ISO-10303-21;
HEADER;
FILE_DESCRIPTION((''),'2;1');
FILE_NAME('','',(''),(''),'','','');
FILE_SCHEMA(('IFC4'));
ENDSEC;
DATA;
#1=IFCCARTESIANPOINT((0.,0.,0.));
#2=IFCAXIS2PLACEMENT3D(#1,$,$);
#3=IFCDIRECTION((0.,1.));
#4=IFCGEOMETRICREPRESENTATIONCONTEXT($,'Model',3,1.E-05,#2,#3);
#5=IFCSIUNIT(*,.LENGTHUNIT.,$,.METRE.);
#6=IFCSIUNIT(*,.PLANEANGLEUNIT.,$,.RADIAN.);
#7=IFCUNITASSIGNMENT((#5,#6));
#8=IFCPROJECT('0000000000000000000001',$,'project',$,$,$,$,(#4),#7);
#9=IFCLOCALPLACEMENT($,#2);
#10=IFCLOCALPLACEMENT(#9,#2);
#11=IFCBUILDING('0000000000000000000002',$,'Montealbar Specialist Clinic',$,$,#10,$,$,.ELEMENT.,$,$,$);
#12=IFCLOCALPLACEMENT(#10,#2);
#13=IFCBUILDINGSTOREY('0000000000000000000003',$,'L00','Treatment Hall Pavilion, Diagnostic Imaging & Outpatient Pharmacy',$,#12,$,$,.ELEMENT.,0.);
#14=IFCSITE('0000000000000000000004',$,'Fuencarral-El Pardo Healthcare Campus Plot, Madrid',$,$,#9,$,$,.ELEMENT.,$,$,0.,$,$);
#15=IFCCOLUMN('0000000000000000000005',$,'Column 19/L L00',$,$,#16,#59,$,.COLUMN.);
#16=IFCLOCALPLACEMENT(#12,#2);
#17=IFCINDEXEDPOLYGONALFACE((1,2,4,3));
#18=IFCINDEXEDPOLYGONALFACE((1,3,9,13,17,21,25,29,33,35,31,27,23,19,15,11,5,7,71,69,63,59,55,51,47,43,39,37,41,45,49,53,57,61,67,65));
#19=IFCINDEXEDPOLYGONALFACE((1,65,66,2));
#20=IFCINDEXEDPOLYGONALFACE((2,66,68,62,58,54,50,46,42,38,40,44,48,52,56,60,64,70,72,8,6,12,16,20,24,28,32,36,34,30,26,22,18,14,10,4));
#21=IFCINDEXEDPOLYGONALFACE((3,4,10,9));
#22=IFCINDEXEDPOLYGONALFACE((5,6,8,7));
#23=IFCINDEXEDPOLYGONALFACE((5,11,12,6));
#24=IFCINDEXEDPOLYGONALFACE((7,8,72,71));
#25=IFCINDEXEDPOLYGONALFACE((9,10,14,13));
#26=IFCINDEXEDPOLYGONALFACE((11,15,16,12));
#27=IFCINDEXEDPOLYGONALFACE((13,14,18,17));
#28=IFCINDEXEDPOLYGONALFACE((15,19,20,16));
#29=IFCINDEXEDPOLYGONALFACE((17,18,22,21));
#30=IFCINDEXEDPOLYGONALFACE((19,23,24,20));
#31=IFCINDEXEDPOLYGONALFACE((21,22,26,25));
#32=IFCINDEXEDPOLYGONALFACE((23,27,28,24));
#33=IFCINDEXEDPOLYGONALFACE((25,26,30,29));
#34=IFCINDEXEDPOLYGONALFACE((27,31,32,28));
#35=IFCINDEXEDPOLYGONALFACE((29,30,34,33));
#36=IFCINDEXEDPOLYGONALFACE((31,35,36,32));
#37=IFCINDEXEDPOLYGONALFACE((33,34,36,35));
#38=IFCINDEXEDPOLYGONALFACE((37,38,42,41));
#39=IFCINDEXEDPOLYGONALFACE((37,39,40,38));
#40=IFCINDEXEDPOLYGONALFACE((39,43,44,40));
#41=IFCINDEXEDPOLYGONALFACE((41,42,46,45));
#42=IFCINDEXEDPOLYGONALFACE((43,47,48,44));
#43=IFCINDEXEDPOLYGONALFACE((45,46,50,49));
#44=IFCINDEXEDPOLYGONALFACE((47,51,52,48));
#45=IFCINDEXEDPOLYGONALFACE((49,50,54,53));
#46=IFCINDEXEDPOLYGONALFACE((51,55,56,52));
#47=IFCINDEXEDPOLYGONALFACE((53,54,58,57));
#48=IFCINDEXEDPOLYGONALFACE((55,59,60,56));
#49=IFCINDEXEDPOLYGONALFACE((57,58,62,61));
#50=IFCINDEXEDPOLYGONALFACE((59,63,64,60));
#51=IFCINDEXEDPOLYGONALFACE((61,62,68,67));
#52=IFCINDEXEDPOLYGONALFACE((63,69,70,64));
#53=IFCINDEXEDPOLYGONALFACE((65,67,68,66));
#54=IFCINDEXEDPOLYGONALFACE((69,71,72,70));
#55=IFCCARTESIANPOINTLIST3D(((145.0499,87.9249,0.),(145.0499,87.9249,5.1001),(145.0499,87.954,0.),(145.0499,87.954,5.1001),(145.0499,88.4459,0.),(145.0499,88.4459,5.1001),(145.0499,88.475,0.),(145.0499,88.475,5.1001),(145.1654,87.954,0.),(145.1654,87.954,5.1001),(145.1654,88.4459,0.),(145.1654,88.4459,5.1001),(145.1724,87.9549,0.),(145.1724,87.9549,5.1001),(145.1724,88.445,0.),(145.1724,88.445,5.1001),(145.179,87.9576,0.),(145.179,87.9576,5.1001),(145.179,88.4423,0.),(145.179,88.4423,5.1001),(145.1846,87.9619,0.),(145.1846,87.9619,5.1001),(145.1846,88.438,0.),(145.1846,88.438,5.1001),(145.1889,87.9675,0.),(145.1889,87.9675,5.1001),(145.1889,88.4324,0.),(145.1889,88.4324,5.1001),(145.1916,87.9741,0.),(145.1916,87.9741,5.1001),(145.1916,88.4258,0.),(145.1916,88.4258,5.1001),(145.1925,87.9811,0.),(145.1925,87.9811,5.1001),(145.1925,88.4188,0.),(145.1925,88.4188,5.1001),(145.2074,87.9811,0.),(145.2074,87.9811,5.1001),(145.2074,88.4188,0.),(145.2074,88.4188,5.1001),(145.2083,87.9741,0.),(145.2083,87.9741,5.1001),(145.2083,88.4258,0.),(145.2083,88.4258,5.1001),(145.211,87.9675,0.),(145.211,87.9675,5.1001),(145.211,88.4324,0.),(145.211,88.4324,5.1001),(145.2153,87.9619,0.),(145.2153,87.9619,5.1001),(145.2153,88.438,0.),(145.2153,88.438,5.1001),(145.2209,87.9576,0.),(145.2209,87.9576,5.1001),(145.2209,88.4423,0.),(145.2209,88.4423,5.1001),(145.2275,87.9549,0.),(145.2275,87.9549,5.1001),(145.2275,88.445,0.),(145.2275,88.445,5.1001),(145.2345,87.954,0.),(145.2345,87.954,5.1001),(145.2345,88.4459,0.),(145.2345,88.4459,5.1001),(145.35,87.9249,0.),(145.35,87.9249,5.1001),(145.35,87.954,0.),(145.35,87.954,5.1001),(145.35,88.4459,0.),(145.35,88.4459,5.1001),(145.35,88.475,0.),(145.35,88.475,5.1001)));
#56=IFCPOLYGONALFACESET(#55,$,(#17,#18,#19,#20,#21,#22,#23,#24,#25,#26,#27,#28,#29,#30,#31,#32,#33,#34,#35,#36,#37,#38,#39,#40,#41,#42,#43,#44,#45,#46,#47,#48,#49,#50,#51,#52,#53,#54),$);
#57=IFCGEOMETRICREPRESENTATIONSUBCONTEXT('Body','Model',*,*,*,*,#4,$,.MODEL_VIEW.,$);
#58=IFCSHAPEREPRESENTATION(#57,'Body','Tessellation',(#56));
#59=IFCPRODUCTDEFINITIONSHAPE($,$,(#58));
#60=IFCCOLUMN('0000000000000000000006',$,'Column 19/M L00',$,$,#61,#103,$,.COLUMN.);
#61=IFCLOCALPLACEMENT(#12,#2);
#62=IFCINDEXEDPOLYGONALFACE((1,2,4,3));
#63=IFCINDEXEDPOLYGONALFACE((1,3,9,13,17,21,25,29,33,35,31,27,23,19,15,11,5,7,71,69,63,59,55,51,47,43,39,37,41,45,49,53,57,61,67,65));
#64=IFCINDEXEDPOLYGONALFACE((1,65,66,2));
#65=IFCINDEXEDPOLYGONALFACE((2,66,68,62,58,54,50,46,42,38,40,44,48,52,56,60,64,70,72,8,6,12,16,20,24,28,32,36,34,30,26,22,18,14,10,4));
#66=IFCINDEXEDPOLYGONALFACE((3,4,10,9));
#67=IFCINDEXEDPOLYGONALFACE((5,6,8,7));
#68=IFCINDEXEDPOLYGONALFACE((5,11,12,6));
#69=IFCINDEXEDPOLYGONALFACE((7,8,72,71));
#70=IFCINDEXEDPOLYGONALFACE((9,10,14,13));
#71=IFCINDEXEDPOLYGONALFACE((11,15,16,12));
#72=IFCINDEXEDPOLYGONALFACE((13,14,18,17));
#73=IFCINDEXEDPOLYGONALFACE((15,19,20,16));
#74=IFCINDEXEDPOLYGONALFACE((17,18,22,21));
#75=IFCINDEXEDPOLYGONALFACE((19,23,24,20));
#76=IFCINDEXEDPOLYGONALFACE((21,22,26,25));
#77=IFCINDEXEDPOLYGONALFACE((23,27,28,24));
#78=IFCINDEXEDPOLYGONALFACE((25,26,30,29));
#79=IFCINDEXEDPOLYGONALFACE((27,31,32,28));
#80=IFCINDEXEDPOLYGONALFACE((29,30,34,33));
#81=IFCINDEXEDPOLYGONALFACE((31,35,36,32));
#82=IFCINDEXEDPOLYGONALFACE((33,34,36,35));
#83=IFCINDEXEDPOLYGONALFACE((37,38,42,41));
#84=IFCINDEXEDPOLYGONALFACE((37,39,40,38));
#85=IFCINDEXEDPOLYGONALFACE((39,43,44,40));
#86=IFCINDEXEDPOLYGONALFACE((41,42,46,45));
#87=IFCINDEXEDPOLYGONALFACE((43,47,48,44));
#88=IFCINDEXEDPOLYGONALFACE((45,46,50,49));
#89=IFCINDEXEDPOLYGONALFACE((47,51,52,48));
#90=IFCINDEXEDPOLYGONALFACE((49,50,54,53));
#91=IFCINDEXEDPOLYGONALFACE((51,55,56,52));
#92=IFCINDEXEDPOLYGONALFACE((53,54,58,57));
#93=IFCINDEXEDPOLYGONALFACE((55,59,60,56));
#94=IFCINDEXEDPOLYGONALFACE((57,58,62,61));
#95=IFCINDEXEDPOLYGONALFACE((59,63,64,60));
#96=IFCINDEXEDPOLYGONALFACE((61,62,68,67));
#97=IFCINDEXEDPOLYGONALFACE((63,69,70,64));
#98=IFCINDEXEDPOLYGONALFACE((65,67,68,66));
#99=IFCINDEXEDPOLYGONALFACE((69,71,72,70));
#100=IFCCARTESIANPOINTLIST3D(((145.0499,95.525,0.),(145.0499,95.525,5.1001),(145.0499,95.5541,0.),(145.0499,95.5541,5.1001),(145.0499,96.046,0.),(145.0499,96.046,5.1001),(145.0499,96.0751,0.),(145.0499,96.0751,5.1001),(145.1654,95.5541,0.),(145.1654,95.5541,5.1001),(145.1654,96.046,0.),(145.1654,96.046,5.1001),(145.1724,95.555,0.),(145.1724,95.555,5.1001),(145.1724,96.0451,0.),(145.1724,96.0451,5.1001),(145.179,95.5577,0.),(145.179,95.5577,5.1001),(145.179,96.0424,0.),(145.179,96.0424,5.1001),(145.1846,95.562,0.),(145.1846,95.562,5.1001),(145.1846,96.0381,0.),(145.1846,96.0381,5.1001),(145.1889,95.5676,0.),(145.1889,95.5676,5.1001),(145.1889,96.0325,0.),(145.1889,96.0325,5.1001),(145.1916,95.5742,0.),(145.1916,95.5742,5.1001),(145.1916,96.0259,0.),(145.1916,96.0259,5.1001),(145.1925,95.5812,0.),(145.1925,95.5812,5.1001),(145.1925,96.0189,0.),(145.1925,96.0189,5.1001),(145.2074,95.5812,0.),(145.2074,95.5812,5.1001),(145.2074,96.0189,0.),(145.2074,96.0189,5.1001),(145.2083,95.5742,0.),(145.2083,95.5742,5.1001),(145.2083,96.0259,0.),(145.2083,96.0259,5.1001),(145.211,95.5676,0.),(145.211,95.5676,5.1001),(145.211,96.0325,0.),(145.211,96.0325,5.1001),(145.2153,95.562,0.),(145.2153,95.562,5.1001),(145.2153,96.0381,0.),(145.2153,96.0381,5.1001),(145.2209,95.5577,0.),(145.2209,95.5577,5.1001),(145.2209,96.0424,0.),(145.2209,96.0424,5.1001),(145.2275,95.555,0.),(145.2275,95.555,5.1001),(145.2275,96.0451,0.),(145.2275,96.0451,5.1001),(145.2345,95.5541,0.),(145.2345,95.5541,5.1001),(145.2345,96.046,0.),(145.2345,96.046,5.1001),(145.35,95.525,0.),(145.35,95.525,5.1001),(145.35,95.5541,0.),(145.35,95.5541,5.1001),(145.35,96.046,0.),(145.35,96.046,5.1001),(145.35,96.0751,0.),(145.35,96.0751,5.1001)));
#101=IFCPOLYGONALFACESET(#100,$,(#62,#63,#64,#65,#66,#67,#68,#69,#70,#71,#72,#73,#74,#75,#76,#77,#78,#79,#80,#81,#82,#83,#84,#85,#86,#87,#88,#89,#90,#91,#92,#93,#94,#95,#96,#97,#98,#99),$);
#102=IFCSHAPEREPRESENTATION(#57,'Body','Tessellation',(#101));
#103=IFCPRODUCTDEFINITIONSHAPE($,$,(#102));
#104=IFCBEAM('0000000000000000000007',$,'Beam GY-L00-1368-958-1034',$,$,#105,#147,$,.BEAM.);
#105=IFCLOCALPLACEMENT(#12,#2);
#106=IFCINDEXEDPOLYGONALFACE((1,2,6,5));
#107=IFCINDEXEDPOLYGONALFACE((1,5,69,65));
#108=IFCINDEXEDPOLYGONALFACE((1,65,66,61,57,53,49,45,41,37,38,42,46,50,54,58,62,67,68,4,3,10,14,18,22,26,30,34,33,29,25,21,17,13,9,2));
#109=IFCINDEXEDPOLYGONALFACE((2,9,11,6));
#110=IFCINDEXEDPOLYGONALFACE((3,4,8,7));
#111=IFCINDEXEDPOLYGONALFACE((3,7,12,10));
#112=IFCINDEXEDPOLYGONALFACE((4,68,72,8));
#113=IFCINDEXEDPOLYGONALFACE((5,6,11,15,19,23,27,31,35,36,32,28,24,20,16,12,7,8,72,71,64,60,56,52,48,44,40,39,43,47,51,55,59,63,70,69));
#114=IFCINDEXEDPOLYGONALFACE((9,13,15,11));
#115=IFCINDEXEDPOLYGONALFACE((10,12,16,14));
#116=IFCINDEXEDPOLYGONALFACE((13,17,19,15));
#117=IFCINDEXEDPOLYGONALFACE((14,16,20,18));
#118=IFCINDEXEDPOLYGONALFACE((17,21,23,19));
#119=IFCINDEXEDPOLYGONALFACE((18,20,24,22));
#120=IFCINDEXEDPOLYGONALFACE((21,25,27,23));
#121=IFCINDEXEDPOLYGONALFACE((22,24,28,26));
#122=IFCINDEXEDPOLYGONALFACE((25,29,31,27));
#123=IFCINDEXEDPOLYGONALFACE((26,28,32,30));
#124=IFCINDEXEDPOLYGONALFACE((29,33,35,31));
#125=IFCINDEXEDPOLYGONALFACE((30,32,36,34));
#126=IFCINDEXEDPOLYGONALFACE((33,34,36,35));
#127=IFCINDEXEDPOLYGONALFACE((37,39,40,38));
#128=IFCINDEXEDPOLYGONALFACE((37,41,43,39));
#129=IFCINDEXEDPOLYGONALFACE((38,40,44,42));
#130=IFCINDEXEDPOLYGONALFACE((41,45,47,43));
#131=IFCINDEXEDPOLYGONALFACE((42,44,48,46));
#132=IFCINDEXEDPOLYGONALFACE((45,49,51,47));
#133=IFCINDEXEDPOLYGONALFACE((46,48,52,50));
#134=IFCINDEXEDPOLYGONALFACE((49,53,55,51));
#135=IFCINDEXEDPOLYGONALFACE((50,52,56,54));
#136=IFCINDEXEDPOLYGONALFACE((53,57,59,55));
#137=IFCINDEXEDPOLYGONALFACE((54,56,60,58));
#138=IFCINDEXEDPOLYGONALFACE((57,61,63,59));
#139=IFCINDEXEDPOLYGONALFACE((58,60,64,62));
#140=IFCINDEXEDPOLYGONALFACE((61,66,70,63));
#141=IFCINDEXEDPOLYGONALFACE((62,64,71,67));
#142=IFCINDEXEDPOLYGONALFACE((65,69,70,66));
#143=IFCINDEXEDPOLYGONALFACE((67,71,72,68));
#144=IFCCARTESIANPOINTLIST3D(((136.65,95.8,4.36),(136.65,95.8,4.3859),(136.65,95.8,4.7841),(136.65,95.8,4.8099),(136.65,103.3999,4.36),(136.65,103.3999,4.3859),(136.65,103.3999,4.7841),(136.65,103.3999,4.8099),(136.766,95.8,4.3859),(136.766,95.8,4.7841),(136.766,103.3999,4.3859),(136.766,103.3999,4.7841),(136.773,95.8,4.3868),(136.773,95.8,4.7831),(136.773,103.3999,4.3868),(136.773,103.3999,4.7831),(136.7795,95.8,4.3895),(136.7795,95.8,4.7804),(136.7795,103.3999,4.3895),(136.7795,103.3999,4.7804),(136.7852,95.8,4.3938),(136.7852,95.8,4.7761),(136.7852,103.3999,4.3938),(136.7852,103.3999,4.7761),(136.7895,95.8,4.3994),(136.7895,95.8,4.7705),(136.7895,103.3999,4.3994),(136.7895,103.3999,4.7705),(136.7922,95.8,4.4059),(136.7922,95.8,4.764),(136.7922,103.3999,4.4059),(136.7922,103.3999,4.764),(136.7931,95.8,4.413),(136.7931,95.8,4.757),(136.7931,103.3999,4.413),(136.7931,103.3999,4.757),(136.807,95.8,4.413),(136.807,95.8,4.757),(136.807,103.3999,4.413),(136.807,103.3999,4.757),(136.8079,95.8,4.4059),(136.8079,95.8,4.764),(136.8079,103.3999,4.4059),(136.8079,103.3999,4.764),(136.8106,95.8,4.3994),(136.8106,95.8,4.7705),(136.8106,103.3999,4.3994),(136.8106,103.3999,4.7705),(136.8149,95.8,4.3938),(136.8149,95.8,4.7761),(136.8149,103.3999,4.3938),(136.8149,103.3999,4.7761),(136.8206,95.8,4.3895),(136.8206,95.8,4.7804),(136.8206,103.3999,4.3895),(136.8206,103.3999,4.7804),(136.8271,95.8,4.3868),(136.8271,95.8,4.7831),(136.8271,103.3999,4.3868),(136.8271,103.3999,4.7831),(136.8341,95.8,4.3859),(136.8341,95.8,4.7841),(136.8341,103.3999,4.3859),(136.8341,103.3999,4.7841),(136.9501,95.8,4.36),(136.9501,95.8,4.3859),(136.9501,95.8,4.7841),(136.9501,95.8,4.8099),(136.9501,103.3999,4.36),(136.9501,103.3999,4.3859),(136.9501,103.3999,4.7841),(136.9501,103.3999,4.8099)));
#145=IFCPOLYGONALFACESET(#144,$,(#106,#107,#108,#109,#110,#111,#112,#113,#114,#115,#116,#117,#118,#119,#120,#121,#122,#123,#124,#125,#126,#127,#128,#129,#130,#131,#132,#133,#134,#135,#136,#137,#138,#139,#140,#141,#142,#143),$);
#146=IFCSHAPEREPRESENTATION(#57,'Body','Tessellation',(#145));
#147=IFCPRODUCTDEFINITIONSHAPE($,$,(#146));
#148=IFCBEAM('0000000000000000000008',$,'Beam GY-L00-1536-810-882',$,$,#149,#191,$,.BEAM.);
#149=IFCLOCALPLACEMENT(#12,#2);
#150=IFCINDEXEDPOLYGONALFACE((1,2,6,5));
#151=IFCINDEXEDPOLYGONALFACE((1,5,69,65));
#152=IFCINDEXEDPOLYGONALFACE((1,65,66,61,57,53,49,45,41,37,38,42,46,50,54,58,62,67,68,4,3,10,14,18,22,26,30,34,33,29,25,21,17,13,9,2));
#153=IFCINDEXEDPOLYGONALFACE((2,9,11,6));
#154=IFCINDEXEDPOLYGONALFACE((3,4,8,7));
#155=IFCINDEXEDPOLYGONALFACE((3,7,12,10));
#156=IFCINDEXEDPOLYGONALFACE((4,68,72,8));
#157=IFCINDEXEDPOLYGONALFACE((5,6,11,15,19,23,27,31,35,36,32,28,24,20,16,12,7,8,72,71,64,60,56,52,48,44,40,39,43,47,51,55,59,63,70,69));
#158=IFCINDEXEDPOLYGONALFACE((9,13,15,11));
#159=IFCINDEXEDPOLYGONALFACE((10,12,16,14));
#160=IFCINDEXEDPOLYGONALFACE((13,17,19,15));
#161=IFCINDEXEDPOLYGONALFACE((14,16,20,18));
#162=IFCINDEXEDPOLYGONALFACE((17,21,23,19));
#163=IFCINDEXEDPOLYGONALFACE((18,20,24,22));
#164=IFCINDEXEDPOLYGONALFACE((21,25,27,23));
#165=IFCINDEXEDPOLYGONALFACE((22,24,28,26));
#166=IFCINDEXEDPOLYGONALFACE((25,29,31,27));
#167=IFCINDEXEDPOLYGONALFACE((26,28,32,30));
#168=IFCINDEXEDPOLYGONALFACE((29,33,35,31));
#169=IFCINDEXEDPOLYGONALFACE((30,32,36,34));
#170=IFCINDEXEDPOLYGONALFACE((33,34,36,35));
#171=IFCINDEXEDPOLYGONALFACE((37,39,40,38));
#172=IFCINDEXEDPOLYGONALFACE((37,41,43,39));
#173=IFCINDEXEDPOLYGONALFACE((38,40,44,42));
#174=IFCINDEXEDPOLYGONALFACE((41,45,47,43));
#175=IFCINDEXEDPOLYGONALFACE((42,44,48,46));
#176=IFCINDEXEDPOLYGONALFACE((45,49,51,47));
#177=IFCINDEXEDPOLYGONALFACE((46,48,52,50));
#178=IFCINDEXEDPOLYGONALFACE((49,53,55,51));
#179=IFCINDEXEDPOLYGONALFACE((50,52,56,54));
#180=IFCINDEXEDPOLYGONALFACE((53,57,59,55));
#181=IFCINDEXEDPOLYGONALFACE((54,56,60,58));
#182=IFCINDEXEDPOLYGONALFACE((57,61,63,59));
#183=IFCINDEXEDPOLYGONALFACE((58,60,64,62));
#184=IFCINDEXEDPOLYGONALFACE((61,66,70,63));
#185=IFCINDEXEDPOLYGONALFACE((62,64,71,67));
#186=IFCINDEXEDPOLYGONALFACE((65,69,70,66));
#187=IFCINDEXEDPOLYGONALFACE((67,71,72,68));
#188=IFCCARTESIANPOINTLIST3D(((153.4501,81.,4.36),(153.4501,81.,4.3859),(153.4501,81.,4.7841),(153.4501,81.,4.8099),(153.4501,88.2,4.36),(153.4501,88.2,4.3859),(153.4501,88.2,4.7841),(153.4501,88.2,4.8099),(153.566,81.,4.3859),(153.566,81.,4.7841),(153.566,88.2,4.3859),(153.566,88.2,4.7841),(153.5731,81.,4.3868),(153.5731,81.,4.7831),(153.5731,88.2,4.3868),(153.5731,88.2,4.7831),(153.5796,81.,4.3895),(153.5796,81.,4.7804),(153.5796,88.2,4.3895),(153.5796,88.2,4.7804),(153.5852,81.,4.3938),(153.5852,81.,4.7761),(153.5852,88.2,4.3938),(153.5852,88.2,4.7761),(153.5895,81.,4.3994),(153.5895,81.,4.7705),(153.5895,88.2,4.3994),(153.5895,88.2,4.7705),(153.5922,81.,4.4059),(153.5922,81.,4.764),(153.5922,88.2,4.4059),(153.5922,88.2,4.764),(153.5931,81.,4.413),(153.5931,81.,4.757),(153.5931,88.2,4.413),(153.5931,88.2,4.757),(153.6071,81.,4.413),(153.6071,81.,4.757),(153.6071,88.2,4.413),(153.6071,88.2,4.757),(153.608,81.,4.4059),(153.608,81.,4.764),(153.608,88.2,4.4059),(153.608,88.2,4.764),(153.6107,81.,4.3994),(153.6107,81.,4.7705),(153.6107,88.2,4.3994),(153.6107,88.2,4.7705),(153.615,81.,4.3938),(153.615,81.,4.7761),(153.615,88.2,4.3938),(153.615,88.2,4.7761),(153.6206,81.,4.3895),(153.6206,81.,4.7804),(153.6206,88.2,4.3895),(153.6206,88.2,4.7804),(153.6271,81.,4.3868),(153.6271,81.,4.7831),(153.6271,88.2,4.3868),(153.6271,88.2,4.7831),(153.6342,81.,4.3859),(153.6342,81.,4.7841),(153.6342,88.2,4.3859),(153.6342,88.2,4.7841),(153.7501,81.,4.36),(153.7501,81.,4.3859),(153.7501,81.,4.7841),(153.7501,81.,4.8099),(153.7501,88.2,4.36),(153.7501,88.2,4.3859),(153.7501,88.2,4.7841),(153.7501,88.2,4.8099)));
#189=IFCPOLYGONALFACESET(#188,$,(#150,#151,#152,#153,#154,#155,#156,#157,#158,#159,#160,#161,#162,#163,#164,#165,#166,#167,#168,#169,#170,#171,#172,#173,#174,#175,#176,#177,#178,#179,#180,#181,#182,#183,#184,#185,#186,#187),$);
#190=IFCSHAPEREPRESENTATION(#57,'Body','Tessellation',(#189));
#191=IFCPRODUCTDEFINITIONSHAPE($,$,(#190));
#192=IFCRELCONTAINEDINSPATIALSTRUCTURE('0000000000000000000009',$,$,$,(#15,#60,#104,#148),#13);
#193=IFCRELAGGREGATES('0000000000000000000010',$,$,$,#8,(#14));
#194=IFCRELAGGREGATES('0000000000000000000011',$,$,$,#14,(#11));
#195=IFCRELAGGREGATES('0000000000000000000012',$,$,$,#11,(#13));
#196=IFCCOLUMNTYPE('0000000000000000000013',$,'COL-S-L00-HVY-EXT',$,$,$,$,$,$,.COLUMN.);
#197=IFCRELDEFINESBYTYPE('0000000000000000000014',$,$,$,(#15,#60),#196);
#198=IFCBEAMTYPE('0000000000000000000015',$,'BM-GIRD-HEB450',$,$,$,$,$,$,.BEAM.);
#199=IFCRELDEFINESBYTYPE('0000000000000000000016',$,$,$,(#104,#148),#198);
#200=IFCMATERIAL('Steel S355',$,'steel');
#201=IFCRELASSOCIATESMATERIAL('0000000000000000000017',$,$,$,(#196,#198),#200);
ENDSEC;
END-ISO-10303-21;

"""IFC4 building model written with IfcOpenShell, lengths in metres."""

from ifc_helpers import new_model, si_unit, direction, frame, origin, origin_2d, place, context, subcontext, project, spatial, i_section, extrude, material, material_profile, profile_set, type_object, element, save


model = new_model("IFC4")

# Units and contexts
model_context = context("Model", 3, precision=1e-05, world=origin(), true_north=direction((0.0, 1.0)))
body_context = subcontext(model_context, "Body", "Model", "MODEL_VIEW")
ifc_project = project(units=[si_unit("LENGTHUNIT", "METRE"), si_unit("PLANEANGLEUNIT", "RADIAN")], contexts=[model_context])

# Site, building, storey
site_placement = place(None, origin())
site = spatial("IfcSite", under=ifc_project, at=site_placement, Name="Fuencarral-El Pardo Healthcare Campus Plot, Madrid", CompositionType="ELEMENT", RefElevation=0.0)
building_placement = place(site_placement, origin())
building = spatial("IfcBuilding", under=site, at=building_placement, Name="Montealbar Specialist Clinic", CompositionType="ELEMENT")
storey_placement = place(building_placement, origin())
storey = spatial("IfcBuildingStorey", under=building, at=storey_placement, Name="L00", Description="Treatment Hall Pavilion, Diagnostic Imaging & Outpatient Pharmacy", CompositionType="ELEMENT", Elevation=0.0)

# Columns
ifc_material_1 = material(Name="Steel S355", Category="steel")
ifc_material_profile_1 = material_profile(ifc_material_1, i_section(OverallWidth=0.3, OverallDepth=0.55, WebThickness=0.0149, FlangeThickness=0.0291, FilletRadius=0.0271, at=origin_2d()), Name="HEB 550", Category="steel")
ifc_profile_set_1 = profile_set([ifc_material_profile_1], Name="Steel S355")
column_type = type_object("IfcColumnType", Name="COL-S-L00-HVY-EXT", PredefinedType="COLUMN", material=ifc_profile_set_1)
for number, where, z_axis, x_axis, name in (
    (1, (145.2, 88.2, 0.0), (0.0, 0.0, 1.0), (1.0, 0.0, 0.0), "Column 19/L L00"),
    (2, (145.2, 95.8, 0.0), (0.0, 0.0, 1.0), (1.0, 0.0, 0.0), "Column 19/M L00"),
):
    element("IfcColumn", number, at=place(storey_placement, frame(where, z_axis=z_axis, x_axis=x_axis)), inside=storey, type_object=column_type, Name=name, PredefinedType="COLUMN", context=body_context, shape_type="SweptSolid", body=[
        extrude(i_section(OverallWidth=0.3, OverallDepth=0.55, WebThickness=0.0149, FlangeThickness=0.0291, FilletRadius=0.0271, at=origin_2d()), origin(), (0.0, 0.0, 1.0), 5.1001),
    ])

# Beams
ifc_material_profile_2 = material_profile(ifc_material_1, i_section(OverallWidth=0.3, OverallDepth=0.45, WebThickness=0.0139, FlangeThickness=0.0259, FilletRadius=0.0271, at=origin_2d()), Name="HEB 450", Category="steel")
ifc_profile_set_2 = profile_set([ifc_material_profile_2], Name="Steel S355")
beam_type_1 = type_object("IfcBeamType", Name="BM-GIRD-HEB450", PredefinedType="BEAM", material=ifc_profile_set_2)
beam_1_placement = place(storey_placement, frame((136.8, 95.8, 4.585), z_axis=(0.0, 1.0, 0.0), x_axis=(-1.0, 0.0, 0.0)))
element("IfcBeam", 3, at=beam_1_placement, inside=storey, type_object=beam_type_1, Name="Beam GY-L00-1368-958-1034", PredefinedType="BEAM", context=body_context, shape_type="SweptSolid", body=[
    extrude(i_section(OverallWidth=0.3, OverallDepth=0.45, WebThickness=0.0139, FlangeThickness=0.0259, FilletRadius=0.0271, at=origin_2d()), origin(), (0.0, 0.0, 1.0), 7.5999),
])
beam_2_placement = place(storey_placement, frame((153.6001, 81.0, 4.585), z_axis=(0.0, 1.0, 0.0), x_axis=(-1.0, 0.0, 0.0)))
element("IfcBeam", 4, at=beam_2_placement, inside=storey, type_object=beam_type_1, Name="Beam GY-L00-1536-810-882", PredefinedType="BEAM", context=body_context, shape_type="SweptSolid", body=[
    extrude(i_section(OverallWidth=0.3, OverallDepth=0.45, WebThickness=0.0139, FlangeThickness=0.0259, FilletRadius=0.0271, at=origin_2d()), origin(), (0.0, 0.0, 1.0), 7.2),
])

save(model, "model.ifc")
